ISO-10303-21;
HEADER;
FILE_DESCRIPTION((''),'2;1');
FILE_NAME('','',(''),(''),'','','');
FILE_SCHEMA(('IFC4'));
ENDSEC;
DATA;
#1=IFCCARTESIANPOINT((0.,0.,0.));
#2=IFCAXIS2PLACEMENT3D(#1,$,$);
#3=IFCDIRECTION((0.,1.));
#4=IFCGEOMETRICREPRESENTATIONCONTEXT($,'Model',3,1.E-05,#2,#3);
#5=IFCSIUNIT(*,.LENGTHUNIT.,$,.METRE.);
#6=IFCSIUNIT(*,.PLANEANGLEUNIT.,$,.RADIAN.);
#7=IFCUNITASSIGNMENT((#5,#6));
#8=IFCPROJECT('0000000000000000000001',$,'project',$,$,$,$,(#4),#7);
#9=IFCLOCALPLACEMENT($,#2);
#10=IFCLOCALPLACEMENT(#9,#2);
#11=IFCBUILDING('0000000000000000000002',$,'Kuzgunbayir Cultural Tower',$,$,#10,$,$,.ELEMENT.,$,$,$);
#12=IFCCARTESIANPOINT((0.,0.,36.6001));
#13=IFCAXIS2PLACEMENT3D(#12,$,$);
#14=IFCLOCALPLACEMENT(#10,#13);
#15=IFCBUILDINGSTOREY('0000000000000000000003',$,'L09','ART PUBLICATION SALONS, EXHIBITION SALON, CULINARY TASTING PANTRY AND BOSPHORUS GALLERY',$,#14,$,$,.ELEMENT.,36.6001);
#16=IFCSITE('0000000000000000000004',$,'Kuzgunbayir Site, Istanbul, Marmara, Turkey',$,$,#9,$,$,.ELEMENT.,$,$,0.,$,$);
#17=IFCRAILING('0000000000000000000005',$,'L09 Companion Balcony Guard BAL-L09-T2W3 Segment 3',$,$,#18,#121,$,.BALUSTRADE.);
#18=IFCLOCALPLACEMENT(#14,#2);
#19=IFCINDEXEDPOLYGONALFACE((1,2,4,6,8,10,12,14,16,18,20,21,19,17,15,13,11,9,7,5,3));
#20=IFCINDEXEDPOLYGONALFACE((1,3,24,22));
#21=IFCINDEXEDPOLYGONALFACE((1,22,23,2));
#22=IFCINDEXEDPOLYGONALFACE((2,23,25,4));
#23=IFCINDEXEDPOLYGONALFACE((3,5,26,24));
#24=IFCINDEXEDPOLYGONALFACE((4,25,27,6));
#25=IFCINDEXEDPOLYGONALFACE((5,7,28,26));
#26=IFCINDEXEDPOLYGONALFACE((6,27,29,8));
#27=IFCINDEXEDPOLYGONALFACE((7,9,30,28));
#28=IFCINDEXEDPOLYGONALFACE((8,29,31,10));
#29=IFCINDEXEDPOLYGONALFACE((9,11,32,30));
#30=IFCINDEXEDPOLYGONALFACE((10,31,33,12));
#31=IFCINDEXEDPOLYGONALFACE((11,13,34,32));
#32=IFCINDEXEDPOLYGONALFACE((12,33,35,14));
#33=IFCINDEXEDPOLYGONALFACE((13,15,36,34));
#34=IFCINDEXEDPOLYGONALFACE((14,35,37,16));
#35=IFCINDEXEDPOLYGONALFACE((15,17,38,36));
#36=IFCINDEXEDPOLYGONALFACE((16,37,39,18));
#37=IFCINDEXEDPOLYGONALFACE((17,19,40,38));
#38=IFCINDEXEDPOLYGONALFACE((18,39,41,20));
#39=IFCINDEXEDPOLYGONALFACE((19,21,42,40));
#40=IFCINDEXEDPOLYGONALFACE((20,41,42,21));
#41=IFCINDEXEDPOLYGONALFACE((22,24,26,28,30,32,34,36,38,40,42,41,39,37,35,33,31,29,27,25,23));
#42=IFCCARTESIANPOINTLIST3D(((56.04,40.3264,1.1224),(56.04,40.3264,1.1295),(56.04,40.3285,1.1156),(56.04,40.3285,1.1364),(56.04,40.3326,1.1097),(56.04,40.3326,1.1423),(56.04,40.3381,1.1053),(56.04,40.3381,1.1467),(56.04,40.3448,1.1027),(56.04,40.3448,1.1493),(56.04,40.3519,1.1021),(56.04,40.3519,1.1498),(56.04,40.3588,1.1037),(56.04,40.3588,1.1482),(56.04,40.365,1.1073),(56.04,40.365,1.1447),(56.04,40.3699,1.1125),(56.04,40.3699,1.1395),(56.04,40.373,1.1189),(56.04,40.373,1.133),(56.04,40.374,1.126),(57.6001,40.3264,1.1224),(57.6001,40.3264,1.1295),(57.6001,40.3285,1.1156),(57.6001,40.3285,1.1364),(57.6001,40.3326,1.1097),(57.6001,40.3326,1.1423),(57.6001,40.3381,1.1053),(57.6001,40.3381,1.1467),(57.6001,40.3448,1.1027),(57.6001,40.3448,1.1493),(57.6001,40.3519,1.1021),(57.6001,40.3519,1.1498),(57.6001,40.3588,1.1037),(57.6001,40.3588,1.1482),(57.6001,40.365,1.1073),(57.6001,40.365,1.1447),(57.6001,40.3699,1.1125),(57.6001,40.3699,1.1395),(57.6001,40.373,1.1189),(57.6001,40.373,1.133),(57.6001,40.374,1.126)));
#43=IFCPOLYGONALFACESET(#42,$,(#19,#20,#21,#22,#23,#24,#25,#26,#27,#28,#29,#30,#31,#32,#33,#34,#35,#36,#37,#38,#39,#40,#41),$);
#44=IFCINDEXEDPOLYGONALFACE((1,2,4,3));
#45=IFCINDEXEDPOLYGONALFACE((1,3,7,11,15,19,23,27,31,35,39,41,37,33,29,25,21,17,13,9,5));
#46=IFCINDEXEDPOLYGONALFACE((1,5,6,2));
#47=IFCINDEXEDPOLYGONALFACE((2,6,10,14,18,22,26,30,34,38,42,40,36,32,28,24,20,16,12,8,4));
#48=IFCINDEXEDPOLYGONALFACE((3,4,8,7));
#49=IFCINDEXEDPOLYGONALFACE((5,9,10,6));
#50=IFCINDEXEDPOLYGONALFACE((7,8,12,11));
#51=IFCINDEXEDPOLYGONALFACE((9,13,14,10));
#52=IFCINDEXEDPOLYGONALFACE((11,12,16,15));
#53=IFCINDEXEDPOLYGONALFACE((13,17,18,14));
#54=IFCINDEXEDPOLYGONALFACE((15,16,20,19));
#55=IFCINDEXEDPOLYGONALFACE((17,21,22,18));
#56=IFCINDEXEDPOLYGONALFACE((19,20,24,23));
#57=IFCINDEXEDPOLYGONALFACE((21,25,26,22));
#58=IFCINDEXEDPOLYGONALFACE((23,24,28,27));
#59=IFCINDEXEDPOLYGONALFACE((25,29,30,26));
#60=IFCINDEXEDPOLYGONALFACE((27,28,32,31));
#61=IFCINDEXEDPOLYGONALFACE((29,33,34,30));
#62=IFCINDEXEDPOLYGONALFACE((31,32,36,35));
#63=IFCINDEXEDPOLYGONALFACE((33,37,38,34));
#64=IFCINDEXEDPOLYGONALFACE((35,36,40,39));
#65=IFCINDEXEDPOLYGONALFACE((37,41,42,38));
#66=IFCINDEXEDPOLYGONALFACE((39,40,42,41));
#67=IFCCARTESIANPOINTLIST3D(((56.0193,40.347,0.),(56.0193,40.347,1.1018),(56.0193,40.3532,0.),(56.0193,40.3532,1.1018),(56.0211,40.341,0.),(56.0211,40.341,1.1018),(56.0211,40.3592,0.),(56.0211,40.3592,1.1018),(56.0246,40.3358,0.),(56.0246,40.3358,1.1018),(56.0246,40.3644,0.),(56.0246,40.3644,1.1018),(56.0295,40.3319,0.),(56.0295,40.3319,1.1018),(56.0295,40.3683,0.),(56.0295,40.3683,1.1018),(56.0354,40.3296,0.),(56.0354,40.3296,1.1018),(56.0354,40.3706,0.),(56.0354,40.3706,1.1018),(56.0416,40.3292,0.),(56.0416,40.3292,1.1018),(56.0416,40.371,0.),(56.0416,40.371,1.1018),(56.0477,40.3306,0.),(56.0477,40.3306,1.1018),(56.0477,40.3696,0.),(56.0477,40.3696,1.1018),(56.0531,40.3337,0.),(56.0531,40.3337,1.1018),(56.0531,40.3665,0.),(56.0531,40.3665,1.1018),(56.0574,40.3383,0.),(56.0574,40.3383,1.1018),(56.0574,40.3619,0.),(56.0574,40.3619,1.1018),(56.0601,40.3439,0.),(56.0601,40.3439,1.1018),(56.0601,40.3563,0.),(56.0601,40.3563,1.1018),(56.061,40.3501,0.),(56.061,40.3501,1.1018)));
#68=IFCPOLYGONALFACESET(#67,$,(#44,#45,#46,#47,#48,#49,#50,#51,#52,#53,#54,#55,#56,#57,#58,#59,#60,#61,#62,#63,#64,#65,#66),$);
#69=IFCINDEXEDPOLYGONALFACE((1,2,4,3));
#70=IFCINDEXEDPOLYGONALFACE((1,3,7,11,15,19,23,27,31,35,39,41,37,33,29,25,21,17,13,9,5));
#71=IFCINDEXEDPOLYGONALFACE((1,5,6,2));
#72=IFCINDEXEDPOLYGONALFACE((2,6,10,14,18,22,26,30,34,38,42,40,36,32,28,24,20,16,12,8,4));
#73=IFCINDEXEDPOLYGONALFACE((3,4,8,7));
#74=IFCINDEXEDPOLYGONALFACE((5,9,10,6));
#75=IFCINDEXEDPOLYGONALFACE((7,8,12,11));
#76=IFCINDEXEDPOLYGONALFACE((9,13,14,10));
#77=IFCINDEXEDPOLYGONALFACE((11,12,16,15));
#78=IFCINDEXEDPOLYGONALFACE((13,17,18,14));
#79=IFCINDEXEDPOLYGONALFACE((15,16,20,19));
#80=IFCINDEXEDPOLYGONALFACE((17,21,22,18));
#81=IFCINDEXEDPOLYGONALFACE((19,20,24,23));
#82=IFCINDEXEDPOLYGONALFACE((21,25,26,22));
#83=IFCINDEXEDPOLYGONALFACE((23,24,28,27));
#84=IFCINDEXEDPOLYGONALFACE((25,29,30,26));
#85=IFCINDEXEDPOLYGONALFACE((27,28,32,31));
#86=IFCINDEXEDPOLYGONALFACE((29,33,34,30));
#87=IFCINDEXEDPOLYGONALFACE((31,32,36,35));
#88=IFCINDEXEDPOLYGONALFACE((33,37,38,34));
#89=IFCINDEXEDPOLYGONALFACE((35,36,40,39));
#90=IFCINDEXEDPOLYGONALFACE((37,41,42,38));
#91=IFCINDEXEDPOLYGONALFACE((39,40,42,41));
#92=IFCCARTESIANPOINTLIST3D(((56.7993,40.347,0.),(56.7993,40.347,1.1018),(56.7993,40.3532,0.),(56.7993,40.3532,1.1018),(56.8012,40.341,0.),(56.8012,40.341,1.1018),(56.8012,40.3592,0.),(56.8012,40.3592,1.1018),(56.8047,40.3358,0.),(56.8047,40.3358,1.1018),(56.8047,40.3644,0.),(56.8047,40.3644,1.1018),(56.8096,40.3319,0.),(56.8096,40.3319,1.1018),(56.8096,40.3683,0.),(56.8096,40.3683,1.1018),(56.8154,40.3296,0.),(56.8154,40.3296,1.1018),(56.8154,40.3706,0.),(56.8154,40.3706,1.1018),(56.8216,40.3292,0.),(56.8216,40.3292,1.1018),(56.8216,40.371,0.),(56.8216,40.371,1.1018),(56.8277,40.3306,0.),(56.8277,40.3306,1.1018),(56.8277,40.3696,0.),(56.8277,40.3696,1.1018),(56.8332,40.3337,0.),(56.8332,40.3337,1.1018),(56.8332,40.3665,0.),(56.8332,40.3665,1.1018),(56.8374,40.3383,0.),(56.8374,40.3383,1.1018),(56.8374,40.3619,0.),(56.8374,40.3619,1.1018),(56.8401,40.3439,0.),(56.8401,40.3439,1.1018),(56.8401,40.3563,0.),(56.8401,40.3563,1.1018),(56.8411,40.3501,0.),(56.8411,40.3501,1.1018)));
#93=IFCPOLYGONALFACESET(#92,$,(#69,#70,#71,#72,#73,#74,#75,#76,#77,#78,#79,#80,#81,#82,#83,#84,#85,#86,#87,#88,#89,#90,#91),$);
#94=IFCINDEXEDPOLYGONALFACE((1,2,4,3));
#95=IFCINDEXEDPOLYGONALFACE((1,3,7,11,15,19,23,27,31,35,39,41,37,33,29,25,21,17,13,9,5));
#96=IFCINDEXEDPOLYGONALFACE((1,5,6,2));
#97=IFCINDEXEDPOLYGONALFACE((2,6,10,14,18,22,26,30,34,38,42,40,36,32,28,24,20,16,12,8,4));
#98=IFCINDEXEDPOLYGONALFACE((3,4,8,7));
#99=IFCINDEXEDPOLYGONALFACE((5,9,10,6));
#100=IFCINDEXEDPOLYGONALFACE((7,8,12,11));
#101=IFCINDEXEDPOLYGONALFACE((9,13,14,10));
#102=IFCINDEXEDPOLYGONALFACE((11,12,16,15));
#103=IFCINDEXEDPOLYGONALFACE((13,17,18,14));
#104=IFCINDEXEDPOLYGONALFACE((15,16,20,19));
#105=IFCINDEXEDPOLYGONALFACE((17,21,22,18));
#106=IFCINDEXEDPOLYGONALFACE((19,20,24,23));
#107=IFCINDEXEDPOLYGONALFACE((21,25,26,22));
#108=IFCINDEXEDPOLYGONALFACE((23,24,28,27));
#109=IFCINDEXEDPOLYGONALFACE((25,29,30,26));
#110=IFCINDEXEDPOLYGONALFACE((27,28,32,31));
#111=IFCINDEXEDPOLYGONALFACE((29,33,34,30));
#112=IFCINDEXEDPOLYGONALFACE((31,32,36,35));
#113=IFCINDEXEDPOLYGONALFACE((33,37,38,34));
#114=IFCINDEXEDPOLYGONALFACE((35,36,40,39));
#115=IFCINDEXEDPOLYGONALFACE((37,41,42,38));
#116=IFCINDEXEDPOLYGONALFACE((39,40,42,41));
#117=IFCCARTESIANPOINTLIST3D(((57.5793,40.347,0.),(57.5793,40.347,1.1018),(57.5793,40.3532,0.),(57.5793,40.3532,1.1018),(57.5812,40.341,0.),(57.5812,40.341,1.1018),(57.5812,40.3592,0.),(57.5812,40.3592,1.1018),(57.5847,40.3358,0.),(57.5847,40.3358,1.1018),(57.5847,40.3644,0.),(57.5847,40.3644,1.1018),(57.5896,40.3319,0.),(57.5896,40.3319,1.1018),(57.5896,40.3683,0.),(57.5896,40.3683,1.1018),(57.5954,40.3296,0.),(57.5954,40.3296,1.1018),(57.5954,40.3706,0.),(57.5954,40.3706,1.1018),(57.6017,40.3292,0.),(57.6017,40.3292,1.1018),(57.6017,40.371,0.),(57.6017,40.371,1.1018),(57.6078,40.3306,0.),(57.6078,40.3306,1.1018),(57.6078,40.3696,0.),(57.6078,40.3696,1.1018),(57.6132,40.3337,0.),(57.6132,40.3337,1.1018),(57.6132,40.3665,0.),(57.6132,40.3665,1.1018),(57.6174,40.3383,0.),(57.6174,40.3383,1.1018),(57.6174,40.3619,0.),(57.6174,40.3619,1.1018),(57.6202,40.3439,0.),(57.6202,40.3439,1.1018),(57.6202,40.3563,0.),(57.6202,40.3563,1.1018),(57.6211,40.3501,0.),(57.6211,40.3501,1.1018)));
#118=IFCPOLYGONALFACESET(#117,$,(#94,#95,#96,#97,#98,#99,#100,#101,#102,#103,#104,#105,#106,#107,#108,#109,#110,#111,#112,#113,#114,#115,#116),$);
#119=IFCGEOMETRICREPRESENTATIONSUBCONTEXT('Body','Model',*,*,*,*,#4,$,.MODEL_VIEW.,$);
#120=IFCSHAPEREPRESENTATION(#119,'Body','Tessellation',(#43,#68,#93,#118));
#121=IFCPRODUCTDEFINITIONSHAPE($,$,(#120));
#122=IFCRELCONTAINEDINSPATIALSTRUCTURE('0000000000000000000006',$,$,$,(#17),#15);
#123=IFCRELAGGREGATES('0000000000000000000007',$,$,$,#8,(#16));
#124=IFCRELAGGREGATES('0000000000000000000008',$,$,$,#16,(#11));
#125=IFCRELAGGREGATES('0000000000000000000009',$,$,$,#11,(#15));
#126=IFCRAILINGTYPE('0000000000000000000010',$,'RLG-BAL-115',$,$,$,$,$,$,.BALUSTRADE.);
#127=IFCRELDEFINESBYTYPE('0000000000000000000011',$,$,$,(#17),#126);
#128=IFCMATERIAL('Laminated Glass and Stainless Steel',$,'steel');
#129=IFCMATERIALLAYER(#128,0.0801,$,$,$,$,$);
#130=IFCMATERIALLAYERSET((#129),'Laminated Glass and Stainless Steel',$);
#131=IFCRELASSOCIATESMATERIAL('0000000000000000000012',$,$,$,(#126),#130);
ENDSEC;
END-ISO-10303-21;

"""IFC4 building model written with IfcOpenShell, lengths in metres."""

from ifc_helpers import new_model, si_unit, direction, frame, origin, origin_2d, place, context, subcontext, project, spatial, circle, extrude, material, layer, layer_set, type_object, element, save


model = new_model("IFC4")

# Units and contexts
model_context = context("Model", 3, precision=1e-05, world=origin(), true_north=direction((0.0, 1.0)))
body_context = subcontext(model_context, "Body", "Model", "MODEL_VIEW")
ifc_project = project(units=[si_unit("LENGTHUNIT", "METRE"), si_unit("PLANEANGLEUNIT", "RADIAN")], contexts=[model_context])

# Site, building, storey
site_placement = place(None, origin())
site = spatial("IfcSite", under=ifc_project, at=site_placement, Name="Kuzgunbayir Site, Istanbul, Marmara, Turkey", CompositionType="ELEMENT", RefElevation=0.0)
building_placement = place(site_placement, origin())
building = spatial("IfcBuilding", under=site, at=building_placement, Name="Kuzgunbayir Cultural Tower", CompositionType="ELEMENT")
storey_placement = place(building_placement, frame((0.0, 0.0, 36.6001)))
storey = spatial("IfcBuildingStorey", under=building, at=storey_placement, Name="L09", Description="ART PUBLICATION SALONS, EXHIBITION SALON, CULINARY TASTING PANTRY AND BOSPHORUS GALLERY", CompositionType="ELEMENT", Elevation=36.6001)

# Railing
ifc_material_1 = material(Name="Laminated Glass and Stainless Steel", Category="steel")
ifc_layer_1 = layer(ifc_material_1, 0.0801)
ifc_layer_set_1 = layer_set([ifc_layer_1], Name="Laminated Glass and Stainless Steel")
railing_type = type_object("IfcRailingType", Name="RLG-BAL-115", PredefinedType="BALUSTRADE", material=ifc_layer_set_1)
railing_1_placement = place(storey_placement, frame((56.04, 40.3501, 0.0)))
element("IfcRailing", 1, at=railing_1_placement, inside=storey, type_object=railing_type, Name="L09 Companion Balcony Guard BAL-L09-T2W3 Segment 3", PredefinedType="BALUSTRADE", context=body_context, shape_type="SweptSolid", body=[
    extrude(circle(Radius=0.0239, at=origin_2d()), frame((0.0, 0.0, 1.126), z_axis=(1.0, 0.0, 0.0), x_axis=(0.0, 1.0, 0.0)), (0.0, 0.0, 1.0), 1.5601),
    extrude(circle(Radius=0.021, at=origin_2d()), origin(), (0.0, 0.0, 1.0), 1.1018),
    extrude(circle(Radius=0.021, at=origin_2d()), frame((0.78, 0.0, 0.0)), (0.0, 0.0, 1.0), 1.1018),
    extrude(circle(Radius=0.021, at=origin_2d()), frame((1.5601, 0.0, 0.0)), (0.0, 0.0, 1.0), 1.1018),
])

save(model, "model.ifc")
